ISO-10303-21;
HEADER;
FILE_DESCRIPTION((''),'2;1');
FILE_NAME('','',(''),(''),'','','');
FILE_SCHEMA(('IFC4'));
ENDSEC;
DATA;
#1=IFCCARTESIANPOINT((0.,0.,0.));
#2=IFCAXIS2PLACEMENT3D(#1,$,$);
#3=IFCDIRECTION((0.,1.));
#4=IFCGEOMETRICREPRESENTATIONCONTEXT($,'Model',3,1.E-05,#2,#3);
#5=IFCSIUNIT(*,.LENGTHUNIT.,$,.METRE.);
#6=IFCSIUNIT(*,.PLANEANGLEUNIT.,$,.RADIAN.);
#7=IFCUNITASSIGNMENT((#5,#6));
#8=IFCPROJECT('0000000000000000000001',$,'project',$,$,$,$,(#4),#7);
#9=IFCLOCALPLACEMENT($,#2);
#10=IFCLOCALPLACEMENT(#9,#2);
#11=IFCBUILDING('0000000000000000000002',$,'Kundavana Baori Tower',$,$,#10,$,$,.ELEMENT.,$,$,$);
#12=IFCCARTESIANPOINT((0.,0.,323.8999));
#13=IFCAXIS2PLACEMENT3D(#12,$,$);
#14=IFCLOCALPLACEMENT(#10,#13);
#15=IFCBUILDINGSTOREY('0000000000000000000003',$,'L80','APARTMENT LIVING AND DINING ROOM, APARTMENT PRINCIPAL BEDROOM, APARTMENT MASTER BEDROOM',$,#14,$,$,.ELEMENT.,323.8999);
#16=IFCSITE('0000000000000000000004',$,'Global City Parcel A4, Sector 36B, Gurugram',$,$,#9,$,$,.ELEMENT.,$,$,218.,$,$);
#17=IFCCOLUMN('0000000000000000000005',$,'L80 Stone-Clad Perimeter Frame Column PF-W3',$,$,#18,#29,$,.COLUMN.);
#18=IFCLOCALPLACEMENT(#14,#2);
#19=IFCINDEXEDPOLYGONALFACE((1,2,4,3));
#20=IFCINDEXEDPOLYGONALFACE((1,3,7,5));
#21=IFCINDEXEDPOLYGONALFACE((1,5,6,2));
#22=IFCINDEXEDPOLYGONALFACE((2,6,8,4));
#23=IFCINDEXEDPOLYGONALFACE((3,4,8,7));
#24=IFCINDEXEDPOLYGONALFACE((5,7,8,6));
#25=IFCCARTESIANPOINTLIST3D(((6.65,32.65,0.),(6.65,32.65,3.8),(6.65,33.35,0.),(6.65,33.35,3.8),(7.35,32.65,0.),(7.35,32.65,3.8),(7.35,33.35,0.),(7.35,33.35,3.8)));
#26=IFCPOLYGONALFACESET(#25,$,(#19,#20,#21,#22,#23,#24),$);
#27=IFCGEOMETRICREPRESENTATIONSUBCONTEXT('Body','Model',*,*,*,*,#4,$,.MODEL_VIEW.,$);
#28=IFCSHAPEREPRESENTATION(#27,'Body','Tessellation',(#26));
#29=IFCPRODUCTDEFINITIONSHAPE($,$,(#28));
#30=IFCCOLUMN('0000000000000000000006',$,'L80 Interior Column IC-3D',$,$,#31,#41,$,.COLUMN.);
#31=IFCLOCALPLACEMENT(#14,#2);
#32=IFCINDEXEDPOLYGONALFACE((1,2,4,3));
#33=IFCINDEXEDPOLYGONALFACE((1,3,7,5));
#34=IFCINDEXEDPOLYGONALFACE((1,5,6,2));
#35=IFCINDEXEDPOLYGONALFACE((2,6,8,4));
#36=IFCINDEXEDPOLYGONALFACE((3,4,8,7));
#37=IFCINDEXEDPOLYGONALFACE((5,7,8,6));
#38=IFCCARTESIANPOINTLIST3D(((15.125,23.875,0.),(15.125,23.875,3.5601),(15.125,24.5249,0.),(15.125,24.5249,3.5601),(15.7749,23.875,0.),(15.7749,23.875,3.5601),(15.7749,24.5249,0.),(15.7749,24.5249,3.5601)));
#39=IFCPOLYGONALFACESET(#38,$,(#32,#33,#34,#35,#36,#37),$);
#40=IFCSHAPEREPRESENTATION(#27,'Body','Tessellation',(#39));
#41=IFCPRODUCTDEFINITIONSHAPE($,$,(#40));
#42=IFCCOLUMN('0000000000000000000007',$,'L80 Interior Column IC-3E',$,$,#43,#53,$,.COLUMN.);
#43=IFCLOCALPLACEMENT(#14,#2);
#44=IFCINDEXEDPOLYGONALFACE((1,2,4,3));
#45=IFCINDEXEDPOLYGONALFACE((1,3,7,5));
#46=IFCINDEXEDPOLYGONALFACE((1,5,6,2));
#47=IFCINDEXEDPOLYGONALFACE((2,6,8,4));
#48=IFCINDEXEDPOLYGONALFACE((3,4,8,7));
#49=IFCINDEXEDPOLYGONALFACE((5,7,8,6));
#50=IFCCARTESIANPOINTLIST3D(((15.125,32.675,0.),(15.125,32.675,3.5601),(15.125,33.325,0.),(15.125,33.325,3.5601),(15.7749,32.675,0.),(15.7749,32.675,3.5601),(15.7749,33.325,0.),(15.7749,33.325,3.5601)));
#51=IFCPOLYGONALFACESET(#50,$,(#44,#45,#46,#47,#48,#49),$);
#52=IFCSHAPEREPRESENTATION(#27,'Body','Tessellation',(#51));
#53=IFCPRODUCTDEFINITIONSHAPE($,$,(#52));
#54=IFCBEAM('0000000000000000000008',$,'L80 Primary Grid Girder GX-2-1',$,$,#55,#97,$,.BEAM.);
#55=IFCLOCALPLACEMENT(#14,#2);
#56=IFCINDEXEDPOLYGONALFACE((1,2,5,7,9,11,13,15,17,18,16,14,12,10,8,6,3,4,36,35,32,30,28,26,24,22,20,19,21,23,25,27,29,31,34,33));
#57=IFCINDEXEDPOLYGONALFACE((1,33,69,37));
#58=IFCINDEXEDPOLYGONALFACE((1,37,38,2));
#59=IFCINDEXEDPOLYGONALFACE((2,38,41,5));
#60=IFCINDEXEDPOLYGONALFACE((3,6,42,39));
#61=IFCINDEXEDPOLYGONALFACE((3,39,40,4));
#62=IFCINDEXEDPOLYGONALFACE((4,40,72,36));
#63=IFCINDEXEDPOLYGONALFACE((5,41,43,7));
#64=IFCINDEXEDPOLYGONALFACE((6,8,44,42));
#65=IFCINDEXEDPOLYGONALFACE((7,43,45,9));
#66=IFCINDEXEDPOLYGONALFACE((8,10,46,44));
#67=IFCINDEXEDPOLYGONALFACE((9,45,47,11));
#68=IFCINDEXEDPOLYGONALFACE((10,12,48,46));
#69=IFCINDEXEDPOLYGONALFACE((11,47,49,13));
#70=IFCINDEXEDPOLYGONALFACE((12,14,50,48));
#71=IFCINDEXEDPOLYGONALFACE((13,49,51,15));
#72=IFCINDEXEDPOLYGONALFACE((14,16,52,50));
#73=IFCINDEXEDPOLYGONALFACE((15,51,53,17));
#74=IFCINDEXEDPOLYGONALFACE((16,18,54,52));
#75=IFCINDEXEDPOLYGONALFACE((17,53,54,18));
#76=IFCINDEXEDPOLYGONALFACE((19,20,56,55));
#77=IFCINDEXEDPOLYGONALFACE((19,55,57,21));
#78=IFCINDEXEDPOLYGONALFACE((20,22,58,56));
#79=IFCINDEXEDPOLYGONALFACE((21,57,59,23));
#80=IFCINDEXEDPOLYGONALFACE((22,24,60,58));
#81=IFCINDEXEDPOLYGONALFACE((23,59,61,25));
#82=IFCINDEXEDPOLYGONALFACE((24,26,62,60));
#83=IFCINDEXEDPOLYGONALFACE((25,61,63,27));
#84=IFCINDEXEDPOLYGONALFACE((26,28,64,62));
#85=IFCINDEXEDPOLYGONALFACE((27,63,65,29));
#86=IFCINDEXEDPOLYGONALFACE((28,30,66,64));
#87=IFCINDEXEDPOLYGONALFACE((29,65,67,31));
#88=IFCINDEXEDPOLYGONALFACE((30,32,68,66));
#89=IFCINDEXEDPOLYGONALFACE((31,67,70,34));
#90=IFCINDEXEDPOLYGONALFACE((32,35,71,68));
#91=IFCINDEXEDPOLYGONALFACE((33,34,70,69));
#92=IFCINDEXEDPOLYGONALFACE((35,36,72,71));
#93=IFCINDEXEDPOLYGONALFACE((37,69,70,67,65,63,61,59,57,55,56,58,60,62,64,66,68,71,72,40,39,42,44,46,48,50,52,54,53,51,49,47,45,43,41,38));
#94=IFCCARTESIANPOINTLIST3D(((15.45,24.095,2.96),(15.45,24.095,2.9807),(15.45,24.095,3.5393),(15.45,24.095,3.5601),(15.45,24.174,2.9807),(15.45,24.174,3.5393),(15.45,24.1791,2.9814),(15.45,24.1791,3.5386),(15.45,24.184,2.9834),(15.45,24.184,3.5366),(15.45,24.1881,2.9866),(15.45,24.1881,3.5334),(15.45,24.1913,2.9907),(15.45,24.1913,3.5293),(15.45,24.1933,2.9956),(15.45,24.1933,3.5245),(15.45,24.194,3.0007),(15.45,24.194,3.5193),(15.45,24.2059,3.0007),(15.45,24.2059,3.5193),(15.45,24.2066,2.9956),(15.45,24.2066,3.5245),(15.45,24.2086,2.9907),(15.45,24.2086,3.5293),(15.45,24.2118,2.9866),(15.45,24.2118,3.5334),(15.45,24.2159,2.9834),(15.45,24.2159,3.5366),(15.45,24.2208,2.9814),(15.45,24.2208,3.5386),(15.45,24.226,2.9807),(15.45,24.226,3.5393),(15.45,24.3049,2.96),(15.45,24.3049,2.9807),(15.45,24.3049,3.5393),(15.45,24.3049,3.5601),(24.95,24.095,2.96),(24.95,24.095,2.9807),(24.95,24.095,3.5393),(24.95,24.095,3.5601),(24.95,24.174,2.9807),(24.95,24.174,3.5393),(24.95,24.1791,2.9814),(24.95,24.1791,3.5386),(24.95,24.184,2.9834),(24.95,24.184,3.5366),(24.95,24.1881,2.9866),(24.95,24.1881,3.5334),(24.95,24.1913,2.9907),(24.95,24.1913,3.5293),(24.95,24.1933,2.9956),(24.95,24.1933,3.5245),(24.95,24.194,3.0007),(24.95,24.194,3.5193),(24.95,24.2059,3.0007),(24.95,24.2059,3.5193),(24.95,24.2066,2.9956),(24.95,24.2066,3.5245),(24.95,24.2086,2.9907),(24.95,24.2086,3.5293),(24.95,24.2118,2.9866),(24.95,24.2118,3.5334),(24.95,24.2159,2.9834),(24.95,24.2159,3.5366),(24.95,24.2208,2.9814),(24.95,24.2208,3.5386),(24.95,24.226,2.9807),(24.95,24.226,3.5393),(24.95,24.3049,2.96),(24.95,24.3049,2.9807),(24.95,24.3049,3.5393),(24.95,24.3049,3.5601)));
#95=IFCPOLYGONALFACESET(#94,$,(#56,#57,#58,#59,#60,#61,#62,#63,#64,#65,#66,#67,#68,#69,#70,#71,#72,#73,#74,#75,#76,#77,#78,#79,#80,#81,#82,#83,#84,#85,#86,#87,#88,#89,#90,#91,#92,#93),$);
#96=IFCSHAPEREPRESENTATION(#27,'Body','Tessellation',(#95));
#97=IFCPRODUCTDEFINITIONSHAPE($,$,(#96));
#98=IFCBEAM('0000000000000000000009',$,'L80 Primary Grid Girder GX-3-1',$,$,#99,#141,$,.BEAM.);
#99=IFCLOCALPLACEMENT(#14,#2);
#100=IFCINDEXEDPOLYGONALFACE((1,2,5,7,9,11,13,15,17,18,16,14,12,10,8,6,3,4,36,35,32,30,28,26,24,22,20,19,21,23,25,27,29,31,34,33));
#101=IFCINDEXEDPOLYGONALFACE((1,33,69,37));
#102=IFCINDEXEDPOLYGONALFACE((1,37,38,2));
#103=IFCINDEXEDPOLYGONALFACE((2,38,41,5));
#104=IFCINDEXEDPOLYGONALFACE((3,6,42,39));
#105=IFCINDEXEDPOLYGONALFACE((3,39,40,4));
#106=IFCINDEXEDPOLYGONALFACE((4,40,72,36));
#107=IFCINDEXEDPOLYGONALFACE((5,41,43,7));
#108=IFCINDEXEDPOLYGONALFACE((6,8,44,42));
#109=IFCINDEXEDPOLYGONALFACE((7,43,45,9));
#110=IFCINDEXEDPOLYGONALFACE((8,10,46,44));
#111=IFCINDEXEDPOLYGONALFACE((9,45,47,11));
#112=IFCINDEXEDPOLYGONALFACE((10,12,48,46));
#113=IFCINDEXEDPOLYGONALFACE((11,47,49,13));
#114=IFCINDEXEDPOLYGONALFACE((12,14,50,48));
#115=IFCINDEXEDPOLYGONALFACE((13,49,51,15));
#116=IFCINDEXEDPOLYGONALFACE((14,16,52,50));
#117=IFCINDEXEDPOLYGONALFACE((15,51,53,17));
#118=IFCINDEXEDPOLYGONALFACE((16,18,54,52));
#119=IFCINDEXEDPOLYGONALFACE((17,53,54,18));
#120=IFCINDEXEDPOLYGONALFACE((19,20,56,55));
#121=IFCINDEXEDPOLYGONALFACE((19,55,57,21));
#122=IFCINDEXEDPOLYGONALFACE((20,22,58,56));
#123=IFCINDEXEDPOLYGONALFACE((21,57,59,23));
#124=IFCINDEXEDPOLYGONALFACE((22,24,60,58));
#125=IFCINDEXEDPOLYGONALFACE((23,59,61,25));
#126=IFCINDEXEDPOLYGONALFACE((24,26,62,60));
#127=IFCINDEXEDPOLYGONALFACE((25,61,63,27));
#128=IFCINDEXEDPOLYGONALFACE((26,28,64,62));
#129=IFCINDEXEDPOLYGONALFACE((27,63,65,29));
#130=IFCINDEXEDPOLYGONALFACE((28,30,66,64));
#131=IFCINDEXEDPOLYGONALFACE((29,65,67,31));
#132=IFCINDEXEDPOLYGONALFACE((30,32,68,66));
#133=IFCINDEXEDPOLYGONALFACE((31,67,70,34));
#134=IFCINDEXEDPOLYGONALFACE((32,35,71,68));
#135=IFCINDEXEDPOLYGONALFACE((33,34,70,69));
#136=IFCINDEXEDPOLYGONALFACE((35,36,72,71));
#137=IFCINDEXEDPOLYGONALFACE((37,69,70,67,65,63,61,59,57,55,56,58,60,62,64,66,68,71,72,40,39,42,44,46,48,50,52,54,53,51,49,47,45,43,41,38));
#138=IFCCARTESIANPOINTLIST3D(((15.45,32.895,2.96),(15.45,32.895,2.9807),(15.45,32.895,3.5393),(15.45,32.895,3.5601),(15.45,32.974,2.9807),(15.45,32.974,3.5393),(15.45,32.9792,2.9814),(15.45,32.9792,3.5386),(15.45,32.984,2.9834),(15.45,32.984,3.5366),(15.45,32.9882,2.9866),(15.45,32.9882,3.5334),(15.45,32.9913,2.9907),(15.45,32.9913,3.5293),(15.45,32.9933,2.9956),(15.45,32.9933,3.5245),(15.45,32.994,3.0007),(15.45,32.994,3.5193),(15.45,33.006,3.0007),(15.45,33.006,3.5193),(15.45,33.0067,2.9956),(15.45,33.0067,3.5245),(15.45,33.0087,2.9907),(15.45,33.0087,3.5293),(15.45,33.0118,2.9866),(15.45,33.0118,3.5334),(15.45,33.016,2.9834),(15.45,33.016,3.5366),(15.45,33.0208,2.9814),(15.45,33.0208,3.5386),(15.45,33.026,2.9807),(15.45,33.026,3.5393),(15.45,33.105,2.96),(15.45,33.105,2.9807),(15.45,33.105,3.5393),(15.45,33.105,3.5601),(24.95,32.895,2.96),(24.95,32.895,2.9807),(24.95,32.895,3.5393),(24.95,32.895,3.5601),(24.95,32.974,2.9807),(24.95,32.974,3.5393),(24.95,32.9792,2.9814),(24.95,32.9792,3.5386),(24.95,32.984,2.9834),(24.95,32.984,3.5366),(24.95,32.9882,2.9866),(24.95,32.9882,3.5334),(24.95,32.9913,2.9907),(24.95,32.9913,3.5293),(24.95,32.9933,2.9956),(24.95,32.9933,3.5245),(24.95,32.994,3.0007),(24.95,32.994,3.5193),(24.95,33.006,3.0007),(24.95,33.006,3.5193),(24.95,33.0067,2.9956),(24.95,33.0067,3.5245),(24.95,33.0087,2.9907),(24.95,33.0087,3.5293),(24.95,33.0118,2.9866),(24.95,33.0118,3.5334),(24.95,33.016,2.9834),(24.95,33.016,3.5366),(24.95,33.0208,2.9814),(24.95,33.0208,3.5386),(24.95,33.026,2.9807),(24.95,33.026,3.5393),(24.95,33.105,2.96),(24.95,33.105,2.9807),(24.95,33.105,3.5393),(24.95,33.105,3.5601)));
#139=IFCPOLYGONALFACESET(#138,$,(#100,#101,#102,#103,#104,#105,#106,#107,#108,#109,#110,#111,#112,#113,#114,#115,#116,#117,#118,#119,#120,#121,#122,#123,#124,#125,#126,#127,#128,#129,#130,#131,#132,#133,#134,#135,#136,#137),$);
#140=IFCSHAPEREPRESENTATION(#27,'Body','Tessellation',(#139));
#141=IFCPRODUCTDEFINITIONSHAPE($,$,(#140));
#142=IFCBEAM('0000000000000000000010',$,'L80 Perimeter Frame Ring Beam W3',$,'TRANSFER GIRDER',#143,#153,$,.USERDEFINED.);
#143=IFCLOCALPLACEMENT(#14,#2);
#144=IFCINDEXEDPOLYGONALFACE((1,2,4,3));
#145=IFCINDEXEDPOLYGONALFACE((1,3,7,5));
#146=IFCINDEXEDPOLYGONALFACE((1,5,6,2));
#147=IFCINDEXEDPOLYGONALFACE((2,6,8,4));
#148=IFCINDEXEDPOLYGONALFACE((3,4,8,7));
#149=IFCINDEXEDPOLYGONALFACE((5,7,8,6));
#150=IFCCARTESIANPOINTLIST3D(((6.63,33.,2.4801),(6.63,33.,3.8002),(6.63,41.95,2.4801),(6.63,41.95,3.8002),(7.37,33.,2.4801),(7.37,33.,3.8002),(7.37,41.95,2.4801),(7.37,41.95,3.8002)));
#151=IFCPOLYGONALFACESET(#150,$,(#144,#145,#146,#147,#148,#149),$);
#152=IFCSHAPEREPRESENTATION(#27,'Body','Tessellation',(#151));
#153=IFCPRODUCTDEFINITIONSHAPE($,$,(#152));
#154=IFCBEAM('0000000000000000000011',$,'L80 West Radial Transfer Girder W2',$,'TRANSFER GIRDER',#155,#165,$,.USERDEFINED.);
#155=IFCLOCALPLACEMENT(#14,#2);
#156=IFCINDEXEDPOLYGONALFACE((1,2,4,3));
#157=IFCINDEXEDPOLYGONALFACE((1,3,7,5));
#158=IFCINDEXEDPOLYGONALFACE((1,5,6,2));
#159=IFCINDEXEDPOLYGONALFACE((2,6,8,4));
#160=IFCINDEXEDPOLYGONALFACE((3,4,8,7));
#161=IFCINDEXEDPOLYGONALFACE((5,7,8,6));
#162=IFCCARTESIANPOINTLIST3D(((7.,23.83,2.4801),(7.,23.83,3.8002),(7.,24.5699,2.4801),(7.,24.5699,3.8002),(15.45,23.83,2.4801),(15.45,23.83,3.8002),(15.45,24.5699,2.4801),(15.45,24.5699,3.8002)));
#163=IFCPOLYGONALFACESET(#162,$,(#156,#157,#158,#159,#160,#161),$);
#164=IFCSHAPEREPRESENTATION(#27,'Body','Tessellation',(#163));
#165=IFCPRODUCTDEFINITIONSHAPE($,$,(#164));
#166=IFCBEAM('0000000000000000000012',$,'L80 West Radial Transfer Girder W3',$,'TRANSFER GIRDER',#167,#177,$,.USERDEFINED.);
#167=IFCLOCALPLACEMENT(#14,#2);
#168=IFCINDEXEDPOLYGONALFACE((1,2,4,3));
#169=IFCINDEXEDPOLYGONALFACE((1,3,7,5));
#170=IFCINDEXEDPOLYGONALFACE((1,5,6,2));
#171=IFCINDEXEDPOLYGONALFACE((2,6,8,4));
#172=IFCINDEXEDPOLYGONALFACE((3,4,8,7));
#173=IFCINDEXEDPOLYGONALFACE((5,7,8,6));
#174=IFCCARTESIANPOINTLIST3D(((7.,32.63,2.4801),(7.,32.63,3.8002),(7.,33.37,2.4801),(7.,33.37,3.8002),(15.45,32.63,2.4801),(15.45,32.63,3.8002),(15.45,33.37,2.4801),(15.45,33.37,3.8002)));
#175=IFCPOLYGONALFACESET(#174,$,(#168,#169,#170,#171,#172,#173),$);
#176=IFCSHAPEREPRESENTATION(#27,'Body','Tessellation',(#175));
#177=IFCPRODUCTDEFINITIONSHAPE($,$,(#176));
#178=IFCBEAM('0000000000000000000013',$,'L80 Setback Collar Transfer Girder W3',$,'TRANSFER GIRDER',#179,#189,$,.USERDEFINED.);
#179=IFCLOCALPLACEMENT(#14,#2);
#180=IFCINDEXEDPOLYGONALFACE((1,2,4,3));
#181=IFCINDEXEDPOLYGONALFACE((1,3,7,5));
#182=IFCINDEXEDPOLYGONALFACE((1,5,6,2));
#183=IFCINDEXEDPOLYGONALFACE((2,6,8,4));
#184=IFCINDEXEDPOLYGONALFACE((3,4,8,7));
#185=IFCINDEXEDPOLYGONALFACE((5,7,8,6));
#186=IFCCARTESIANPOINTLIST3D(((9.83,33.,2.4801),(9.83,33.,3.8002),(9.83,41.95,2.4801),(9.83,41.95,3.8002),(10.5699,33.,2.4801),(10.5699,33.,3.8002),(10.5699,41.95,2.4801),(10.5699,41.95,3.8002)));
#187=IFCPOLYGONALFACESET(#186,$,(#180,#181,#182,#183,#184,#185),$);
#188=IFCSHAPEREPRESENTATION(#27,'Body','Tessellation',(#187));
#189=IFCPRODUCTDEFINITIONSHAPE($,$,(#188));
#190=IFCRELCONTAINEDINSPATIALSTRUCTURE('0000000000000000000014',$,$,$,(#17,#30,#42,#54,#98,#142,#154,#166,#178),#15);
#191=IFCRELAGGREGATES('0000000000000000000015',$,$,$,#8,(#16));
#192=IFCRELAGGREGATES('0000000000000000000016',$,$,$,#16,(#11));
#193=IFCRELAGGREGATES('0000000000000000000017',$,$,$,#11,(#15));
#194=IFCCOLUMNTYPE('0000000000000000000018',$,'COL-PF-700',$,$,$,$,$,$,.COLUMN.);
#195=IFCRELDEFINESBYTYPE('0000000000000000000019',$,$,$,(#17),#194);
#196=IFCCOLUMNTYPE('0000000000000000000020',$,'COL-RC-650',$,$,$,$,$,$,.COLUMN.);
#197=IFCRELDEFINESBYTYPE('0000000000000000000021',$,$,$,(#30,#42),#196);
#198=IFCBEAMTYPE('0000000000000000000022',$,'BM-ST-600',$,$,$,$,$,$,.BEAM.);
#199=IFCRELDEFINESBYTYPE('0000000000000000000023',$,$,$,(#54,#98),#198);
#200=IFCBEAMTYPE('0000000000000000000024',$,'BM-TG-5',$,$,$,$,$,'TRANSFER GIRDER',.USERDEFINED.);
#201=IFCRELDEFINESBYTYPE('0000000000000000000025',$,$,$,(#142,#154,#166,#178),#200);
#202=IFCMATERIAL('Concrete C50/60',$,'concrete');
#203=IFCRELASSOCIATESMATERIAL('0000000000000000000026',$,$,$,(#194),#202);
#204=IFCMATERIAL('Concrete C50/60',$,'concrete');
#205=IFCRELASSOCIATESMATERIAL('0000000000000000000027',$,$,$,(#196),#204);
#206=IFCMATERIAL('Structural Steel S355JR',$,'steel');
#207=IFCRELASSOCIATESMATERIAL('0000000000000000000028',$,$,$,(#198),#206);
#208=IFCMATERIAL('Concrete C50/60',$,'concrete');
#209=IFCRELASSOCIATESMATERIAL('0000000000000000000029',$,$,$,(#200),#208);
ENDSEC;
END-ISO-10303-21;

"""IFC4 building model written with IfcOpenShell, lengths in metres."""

from ifc_helpers import new_model, si_unit, direction, frame, origin, origin_2d, place, context, subcontext, project, spatial, rectangle, i_section, extrude, material, material_profile, profile_set, type_object, element, save


model = new_model("IFC4")

# Units and contexts
model_context = context("Model", 3, precision=1e-05, world=origin(), true_north=direction((0.0, 1.0)))
body_context = subcontext(model_context, "Body", "Model", "MODEL_VIEW")
ifc_project = project(units=[si_unit("LENGTHUNIT", "METRE"), si_unit("PLANEANGLEUNIT", "RADIAN")], contexts=[model_context])

# Site, building, storey
site_placement = place(None, origin())
site = spatial("IfcSite", under=ifc_project, at=site_placement, Name="Global City Parcel A4, Sector 36B, Gurugram", CompositionType="ELEMENT", RefElevation=218.0)
building_placement = place(site_placement, origin())
building = spatial("IfcBuilding", under=site, at=building_placement, Name="Kundavana Baori Tower", CompositionType="ELEMENT")
storey_placement = place(building_placement, frame((0.0, 0.0, 323.8999)))
storey = spatial("IfcBuildingStorey", under=building, at=storey_placement, Name="L80", Description="APARTMENT LIVING AND DINING ROOM, APARTMENT PRINCIPAL BEDROOM, APARTMENT MASTER BEDROOM", CompositionType="ELEMENT", Elevation=323.8999)

# Columns
ifc_material_1 = material(Name="Concrete C50/60", Category="concrete")
ifc_material_profile_1 = material_profile(ifc_material_1, rectangle(XDim=0.7, YDim=0.7, at=origin_2d()), Name="RC PF 700x700")
ifc_profile_set_1 = profile_set([ifc_material_profile_1], Name="Concrete C50/60")
column_type_1 = type_object("IfcColumnType", Name="COL-PF-700", PredefinedType="COLUMN", material=ifc_profile_set_1)
column_placement = place(storey_placement, frame((7.0, 33.0, 0.0), z_axis=(0.0, 0.0, 1.0), x_axis=(1.0, 0.0, 0.0)))
element("IfcColumn", 1, at=column_placement, inside=storey, type_object=column_type_1, Name="L80 Stone-Clad Perimeter Frame Column PF-W3", PredefinedType="COLUMN", context=body_context, shape_type="SweptSolid", body=[
    extrude(rectangle(XDim=0.7, YDim=0.7, at=origin_2d()), origin(), (0.0, 0.0, 1.0), 3.8),
])
ifc_material_2 = material(Name="Concrete C50/60", Category="concrete")
ifc_material_profile_2 = material_profile(ifc_material_2, rectangle(XDim=0.6499, YDim=0.6499, at=origin_2d()), Name="RC 650x650")
ifc_profile_set_2 = profile_set([ifc_material_profile_2], Name="Concrete C50/60")
column_type_2 = type_object("IfcColumnType", Name="COL-RC-650", PredefinedType="COLUMN", material=ifc_profile_set_2)
for number, where, z_axis, x_axis, name in (
    (2, (15.45, 24.2, 0.0), (0.0, 0.0, 1.0), (1.0, 0.0, 0.0), "L80 Interior Column IC-3D"),
    (3, (15.45, 33.0, 0.0), (0.0, 0.0, 1.0), (1.0, 0.0, 0.0), "L80 Interior Column IC-3E"),
):
    element("IfcColumn", number, at=place(storey_placement, frame(where, z_axis=z_axis, x_axis=x_axis)), inside=storey, type_object=column_type_2, Name=name, PredefinedType="COLUMN", context=body_context, shape_type="SweptSolid", body=[
        extrude(rectangle(XDim=0.6499, YDim=0.6499, at=origin_2d()), origin(), (0.0, 0.0, 1.0), 3.5601),
    ])

# Beams
ifc_material_3 = material(Name="Structural Steel S355JR", Category="steel")
ifc_material_profile_3 = material_profile(ifc_material_3, i_section(OverallWidth=0.21, OverallDepth=0.6001, WebThickness=0.012, FlangeThickness=0.0208, FilletRadius=0.02, at=origin_2d()), Name="ISMB 600")
ifc_profile_set_3 = profile_set([ifc_material_profile_3], Name="Structural Steel S355JR")
beam_type_1 = type_object("IfcBeamType", Name="BM-ST-600", PredefinedType="BEAM", material=ifc_profile_set_3)
for number, where, z_axis, x_axis, name in (
    (4, (15.45, 24.2, 3.26), (1.0, 0.0, 0.0), (0.0, 1.0, 0.0), "L80 Primary Grid Girder GX-2-1"),
    (5, (15.45, 33.0, 3.26), (1.0, 0.0, 0.0), (0.0, 1.0, 0.0), "L80 Primary Grid Girder GX-3-1"),
):
    element("IfcBeam", number, at=place(storey_placement, frame(where, z_axis=z_axis, x_axis=x_axis)), inside=storey, type_object=beam_type_1, Name=name, PredefinedType="BEAM", context=body_context, shape_type="SweptSolid", body=[
        extrude(i_section(OverallWidth=0.21, OverallDepth=0.6001, WebThickness=0.012, FlangeThickness=0.0208, FilletRadius=0.02, at=origin_2d()), origin(), (0.0, 0.0, 1.0), 9.5),
    ])
ifc_material_4 = material(Name="Concrete C50/60", Category="concrete")
ifc_material_profile_4 = material_profile(ifc_material_4, rectangle(XDim=0.74, YDim=1.3201, at=origin_2d()), Name="BM-TG-5")
ifc_profile_set_4 = profile_set([ifc_material_profile_4], Name="Concrete C50/60")
beam_type_2 = type_object("IfcBeamType", Name="BM-TG-5", ElementType="TRANSFER GIRDER", PredefinedType="USERDEFINED", material=ifc_profile_set_4)
beam_1_placement = place(storey_placement, frame((7.0, 33.0, 3.1401), z_axis=(0.0, 1.0, 0.0), x_axis=(-1.0, 0.0, 0.0)))
element("IfcBeam", 6, at=beam_1_placement, inside=storey, type_object=beam_type_2, Name="L80 Perimeter Frame Ring Beam W3", ObjectType="TRANSFER GIRDER", PredefinedType="USERDEFINED", context=body_context, shape_type="SweptSolid", body=[
    extrude(rectangle(XDim=0.74, YDim=1.3201, at=origin_2d()), origin(), (0.0, 0.0, 1.0), 8.95),
])
for number, where, z_axis, x_axis, name in (
    (7, (15.45, 24.2, 3.1401), (-1.0, 0.0, 0.0), (0.0, -1.0, 0.0), "L80 West Radial Transfer Girder W2"),
    (8, (15.45, 33.0, 3.1401), (-1.0, 0.0, 0.0), (0.0, -1.0, 0.0), "L80 West Radial Transfer Girder W3"),
):
    element("IfcBeam", number, at=place(storey_placement, frame(where, z_axis=z_axis, x_axis=x_axis)), inside=storey, type_object=beam_type_2, Name=name, ObjectType="TRANSFER GIRDER", PredefinedType="USERDEFINED", context=body_context, shape_type="SweptSolid", body=[
        extrude(rectangle(XDim=0.74, YDim=1.3201, at=origin_2d()), origin(), (0.0, 0.0, 1.0), 8.45),
    ])
beam_2_placement = place(storey_placement, frame((10.2, 33.0, 3.1401), z_axis=(0.0, 1.0, 0.0), x_axis=(-1.0, 0.0, 0.0)))
element("IfcBeam", 9, at=beam_2_placement, inside=storey, type_object=beam_type_2, Name="L80 Setback Collar Transfer Girder W3", ObjectType="TRANSFER GIRDER", PredefinedType="USERDEFINED", context=body_context, shape_type="SweptSolid", body=[
    extrude(rectangle(XDim=0.74, YDim=1.3201, at=origin_2d()), origin(), (0.0, 0.0, 1.0), 8.95),
])

save(model, "model.ifc")
